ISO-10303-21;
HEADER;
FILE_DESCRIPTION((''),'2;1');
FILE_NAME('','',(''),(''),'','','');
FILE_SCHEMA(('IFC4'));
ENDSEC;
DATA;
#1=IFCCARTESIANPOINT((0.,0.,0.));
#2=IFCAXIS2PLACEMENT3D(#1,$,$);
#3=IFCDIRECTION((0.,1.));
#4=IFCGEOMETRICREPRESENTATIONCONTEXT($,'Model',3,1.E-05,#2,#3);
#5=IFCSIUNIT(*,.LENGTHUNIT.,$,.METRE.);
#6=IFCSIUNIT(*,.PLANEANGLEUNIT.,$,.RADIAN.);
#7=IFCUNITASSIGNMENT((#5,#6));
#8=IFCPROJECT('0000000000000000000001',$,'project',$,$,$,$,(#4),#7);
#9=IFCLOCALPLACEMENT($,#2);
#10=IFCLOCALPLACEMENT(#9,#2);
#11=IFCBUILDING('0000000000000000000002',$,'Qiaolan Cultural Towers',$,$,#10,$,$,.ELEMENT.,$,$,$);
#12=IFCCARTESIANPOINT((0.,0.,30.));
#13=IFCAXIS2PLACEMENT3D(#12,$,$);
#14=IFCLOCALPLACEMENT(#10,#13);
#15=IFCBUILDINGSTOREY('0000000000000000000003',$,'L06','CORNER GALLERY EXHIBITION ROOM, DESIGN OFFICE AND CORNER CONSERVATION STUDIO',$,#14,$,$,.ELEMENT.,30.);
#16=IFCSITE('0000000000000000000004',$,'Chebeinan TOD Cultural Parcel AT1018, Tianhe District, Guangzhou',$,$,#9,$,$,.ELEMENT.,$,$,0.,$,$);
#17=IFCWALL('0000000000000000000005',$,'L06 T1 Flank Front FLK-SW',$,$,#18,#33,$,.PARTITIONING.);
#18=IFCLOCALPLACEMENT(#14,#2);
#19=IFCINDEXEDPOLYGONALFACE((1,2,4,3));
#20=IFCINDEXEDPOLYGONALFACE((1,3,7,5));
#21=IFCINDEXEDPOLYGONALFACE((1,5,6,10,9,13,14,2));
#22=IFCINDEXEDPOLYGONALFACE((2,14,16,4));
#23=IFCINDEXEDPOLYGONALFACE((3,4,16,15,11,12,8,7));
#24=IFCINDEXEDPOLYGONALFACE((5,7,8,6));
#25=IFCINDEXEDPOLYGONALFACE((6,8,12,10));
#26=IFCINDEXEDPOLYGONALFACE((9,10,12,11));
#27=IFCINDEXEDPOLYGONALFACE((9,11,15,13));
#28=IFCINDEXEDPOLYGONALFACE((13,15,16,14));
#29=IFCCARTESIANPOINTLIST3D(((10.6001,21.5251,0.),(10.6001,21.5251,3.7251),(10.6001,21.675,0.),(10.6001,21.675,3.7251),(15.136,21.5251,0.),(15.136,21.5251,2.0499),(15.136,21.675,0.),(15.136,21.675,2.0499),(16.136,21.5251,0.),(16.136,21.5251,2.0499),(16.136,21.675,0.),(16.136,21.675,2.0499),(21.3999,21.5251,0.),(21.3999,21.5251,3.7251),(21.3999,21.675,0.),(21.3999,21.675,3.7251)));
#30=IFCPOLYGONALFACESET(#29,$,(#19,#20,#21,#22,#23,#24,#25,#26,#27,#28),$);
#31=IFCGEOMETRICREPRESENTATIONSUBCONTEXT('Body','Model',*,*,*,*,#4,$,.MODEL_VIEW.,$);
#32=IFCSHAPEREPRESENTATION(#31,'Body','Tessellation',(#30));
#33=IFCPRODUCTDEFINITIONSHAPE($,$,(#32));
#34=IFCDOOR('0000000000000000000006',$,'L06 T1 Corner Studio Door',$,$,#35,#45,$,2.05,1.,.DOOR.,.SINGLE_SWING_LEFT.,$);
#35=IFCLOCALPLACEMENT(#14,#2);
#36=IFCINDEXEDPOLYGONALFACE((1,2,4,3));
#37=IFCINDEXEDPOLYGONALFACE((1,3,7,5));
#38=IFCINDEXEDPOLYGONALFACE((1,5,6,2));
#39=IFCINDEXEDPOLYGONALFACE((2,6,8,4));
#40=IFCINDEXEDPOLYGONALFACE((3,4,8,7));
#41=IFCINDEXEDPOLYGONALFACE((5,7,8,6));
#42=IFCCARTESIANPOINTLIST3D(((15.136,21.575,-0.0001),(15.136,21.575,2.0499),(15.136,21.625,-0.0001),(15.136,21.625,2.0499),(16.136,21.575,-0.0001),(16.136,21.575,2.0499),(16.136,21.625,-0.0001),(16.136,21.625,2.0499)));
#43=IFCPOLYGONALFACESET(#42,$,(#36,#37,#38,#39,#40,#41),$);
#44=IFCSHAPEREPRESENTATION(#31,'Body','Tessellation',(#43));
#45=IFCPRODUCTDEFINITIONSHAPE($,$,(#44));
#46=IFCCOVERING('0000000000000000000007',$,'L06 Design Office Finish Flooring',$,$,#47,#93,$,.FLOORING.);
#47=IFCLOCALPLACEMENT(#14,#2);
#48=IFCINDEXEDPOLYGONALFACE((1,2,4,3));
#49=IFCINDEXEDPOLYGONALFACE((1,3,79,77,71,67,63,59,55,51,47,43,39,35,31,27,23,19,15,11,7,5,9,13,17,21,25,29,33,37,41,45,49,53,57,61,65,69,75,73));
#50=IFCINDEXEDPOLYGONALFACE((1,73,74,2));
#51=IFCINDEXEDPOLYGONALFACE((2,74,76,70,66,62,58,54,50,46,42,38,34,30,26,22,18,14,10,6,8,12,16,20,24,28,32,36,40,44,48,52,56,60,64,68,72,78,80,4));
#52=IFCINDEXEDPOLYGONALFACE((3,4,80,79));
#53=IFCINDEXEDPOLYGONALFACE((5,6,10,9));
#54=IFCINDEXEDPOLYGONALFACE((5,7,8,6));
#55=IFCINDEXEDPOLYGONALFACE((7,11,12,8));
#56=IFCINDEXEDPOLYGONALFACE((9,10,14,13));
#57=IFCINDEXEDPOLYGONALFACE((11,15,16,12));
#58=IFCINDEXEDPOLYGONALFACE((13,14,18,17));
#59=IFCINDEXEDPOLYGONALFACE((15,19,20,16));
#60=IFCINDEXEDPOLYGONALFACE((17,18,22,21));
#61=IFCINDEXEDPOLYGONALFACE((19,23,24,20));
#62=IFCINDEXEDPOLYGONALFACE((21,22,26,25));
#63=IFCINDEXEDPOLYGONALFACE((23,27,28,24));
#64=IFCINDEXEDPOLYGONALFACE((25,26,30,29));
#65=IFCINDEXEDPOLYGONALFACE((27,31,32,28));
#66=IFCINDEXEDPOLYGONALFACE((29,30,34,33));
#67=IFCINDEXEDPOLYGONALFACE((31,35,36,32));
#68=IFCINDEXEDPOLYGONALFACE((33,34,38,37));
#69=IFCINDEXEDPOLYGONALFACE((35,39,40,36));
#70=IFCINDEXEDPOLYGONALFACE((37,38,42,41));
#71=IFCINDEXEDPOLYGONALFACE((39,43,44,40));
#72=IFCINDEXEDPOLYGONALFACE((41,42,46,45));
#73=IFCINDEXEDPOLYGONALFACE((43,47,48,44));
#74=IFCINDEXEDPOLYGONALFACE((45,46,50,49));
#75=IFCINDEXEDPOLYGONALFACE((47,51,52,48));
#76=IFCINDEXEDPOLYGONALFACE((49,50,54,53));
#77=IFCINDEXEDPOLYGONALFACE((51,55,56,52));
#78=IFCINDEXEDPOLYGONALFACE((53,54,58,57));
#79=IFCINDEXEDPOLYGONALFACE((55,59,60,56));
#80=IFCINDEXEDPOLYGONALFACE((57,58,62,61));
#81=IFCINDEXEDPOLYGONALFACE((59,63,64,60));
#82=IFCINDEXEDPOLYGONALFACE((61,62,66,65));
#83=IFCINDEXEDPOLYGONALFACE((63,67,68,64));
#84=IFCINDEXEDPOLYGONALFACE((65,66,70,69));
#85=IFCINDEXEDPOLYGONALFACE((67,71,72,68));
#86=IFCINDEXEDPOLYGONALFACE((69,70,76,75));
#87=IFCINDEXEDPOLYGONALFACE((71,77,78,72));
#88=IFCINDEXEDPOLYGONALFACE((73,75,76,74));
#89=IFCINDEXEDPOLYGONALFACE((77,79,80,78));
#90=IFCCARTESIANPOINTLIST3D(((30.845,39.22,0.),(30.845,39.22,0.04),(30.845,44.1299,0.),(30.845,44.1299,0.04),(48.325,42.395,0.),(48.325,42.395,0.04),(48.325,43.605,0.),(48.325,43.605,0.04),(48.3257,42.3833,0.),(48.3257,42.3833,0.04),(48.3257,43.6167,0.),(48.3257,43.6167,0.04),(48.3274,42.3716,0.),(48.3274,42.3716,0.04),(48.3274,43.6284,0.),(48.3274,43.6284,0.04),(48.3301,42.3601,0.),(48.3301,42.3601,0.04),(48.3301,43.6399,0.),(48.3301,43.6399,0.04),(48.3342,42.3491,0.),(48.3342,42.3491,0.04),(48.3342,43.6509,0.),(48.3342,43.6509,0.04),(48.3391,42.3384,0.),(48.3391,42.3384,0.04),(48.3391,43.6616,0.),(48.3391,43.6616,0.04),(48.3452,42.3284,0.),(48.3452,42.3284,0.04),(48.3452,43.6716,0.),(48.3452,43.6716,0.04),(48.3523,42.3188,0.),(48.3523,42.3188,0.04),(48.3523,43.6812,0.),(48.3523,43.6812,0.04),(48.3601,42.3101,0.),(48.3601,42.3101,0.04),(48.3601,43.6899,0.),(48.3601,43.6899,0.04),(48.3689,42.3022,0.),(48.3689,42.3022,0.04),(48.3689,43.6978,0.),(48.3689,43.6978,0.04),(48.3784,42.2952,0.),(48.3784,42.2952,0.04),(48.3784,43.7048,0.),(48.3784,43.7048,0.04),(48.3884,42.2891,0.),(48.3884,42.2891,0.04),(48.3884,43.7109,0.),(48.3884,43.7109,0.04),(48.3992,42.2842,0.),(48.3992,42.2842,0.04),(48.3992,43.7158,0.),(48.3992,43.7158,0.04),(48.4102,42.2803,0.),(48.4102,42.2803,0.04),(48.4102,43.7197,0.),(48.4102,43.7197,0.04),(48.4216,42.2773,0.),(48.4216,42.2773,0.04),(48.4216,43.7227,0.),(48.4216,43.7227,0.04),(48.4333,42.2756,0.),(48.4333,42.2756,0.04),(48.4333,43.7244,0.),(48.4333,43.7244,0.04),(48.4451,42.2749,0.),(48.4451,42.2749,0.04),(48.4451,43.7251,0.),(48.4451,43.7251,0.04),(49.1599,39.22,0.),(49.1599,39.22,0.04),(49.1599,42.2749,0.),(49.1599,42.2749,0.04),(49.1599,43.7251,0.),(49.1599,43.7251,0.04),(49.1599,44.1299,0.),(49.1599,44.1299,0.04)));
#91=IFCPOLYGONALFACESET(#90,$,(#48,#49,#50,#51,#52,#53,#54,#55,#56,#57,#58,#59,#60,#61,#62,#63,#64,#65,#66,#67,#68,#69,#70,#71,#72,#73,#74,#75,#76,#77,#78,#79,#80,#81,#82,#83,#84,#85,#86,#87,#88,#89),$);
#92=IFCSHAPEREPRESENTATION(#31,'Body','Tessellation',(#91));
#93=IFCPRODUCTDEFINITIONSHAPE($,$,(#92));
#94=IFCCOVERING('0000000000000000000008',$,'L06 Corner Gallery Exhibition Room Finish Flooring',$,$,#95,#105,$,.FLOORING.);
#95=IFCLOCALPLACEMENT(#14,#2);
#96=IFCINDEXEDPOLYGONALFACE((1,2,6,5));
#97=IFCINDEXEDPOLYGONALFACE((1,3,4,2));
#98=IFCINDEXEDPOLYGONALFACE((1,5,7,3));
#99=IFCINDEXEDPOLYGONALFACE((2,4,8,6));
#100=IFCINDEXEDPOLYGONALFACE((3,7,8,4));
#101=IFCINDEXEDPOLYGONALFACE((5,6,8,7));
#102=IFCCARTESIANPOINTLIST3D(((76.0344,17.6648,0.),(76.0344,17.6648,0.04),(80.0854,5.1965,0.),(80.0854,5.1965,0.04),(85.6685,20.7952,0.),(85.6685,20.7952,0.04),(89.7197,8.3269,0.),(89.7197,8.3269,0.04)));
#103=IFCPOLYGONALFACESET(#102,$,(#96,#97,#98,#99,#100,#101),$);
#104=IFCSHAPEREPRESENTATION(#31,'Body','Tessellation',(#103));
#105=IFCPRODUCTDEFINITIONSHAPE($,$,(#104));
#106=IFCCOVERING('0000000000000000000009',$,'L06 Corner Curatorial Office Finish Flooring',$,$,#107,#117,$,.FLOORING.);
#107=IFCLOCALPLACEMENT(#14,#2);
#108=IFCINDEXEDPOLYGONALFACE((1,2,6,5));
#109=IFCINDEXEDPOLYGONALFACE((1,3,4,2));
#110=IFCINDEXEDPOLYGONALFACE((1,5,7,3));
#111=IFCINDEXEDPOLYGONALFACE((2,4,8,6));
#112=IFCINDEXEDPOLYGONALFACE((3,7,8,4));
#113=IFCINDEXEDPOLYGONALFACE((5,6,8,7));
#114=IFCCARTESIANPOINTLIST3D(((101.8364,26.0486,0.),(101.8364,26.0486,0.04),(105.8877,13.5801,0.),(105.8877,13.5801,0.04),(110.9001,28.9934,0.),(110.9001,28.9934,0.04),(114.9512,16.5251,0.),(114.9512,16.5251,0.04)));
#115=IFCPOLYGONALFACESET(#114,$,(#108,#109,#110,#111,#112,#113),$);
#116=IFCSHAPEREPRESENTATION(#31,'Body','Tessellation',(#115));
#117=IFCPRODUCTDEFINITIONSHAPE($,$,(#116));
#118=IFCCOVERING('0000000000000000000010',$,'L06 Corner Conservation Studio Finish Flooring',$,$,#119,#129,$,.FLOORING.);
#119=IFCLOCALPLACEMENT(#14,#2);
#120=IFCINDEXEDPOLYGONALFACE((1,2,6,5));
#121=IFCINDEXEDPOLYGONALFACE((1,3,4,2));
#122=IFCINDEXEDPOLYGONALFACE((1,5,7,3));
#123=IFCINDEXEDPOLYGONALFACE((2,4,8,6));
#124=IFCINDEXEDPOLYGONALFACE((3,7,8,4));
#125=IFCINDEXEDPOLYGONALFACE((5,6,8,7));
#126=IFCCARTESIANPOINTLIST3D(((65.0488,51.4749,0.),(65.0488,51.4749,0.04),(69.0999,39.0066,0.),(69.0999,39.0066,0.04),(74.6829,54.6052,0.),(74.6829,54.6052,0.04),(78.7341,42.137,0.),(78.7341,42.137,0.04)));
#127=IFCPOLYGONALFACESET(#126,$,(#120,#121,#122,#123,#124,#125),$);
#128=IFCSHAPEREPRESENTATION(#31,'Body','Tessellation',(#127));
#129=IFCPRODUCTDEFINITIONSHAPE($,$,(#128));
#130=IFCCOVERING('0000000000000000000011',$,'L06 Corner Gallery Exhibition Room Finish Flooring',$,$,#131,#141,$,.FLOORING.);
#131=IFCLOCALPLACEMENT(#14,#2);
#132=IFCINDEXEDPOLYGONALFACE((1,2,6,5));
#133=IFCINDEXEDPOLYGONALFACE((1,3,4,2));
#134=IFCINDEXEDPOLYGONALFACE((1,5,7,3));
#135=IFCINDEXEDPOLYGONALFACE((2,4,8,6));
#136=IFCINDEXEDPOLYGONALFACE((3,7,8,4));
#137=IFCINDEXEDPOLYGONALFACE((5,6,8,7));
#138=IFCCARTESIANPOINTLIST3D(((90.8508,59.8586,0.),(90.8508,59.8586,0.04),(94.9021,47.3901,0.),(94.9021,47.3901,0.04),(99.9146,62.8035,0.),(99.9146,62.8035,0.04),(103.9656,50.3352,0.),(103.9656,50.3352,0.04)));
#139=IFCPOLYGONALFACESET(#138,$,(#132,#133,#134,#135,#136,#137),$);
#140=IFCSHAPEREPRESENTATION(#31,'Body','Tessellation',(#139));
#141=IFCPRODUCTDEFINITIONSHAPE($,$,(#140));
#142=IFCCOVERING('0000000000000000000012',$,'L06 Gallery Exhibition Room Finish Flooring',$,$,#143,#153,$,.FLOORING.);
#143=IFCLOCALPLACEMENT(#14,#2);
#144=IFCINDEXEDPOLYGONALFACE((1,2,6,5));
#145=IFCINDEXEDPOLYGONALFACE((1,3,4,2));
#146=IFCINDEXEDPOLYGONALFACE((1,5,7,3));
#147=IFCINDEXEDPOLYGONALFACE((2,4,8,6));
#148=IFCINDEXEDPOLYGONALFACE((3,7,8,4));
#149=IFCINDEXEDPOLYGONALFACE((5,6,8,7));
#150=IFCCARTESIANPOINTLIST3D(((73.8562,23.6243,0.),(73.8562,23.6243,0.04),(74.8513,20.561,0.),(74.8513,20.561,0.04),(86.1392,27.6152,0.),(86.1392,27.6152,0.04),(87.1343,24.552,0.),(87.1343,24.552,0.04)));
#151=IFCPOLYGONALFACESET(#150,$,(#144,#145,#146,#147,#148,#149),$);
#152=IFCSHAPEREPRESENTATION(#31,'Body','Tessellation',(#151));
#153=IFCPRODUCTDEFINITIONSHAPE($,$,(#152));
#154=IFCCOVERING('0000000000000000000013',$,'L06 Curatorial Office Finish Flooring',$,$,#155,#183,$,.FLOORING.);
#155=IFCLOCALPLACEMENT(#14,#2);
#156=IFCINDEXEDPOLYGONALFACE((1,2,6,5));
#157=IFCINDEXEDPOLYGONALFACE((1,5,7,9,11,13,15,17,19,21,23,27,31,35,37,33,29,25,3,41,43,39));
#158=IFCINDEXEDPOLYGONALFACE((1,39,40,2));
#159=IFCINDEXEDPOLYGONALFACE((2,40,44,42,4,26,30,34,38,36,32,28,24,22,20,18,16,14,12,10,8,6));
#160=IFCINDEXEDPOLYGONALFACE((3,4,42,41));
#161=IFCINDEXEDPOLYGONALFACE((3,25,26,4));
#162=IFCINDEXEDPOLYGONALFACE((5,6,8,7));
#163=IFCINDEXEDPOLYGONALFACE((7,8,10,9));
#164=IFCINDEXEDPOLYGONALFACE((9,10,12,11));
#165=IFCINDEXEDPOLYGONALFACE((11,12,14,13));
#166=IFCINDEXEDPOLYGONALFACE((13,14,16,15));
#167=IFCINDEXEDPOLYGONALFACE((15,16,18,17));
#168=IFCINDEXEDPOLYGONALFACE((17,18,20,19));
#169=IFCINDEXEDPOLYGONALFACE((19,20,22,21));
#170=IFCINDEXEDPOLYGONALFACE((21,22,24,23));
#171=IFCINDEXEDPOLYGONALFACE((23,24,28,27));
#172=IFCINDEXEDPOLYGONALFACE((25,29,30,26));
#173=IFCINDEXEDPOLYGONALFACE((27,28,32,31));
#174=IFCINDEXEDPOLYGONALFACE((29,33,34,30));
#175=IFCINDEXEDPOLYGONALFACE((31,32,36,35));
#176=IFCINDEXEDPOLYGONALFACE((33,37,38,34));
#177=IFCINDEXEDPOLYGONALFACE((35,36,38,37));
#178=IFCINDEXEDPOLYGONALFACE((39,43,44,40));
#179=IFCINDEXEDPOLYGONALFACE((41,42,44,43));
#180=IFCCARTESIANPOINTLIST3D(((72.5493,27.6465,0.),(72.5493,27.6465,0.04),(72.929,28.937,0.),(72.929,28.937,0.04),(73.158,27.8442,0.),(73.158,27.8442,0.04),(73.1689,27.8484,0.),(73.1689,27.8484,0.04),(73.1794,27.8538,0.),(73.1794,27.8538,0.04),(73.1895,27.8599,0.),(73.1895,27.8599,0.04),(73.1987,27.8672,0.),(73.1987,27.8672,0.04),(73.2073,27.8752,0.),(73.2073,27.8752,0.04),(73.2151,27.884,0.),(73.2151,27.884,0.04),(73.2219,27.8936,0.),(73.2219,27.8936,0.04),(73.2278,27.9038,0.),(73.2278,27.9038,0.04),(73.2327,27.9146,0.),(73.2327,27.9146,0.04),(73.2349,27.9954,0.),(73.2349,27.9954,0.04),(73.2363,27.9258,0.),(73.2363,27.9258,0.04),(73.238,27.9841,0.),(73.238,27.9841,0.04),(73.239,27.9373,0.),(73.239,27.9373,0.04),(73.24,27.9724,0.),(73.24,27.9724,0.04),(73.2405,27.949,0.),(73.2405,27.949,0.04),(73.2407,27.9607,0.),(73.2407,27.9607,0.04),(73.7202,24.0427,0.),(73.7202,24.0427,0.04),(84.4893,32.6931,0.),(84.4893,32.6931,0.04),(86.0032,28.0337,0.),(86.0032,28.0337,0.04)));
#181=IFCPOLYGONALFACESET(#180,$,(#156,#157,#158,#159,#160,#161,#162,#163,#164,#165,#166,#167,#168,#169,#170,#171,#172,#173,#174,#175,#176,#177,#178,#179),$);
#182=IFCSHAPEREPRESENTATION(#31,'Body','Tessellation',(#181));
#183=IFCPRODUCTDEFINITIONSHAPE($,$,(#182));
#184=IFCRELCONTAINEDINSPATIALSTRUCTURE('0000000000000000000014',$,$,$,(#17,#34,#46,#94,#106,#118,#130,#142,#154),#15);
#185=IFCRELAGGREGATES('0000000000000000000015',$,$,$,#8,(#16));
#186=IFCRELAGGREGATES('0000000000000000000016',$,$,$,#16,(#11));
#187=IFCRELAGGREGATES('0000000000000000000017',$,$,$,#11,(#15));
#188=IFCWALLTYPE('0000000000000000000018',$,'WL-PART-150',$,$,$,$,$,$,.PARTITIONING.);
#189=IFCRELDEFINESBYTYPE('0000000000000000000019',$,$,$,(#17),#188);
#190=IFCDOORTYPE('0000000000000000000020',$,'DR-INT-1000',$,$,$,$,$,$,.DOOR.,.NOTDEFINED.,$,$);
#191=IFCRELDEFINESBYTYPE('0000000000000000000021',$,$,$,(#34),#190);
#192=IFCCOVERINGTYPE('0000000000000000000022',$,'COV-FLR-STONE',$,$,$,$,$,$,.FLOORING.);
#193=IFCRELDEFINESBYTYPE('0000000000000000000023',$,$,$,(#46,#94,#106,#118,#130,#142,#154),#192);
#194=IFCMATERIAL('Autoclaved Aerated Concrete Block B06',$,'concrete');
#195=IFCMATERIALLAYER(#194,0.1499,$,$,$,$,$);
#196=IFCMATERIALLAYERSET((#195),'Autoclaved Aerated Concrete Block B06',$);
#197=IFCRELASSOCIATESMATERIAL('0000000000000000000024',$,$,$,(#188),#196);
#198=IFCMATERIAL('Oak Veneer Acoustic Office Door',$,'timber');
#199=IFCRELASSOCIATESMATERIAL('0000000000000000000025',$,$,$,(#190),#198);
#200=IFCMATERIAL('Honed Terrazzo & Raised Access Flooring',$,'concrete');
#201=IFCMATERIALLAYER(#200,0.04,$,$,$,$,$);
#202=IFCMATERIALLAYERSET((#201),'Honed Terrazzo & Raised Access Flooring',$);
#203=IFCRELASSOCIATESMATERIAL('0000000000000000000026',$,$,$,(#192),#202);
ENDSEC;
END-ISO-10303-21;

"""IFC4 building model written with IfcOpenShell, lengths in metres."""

from ifc_helpers import new_model, si_unit, direction, frame, frame_2d, origin, place, context, subcontext, project, spatial, polyline, rectangle, outline, extrude, material, layer, layer_set, type_object, element, fill, save


model = new_model("IFC4")

# Units and contexts
model_context = context("Model", 3, precision=1e-05, world=origin(), true_north=direction((0.0, 1.0)))
body_context = subcontext(model_context, "Body", "Model", "MODEL_VIEW")
ifc_project = project(units=[si_unit("LENGTHUNIT", "METRE"), si_unit("PLANEANGLEUNIT", "RADIAN")], contexts=[model_context])

# Site, building, storey
site_placement = place(None, origin())
site = spatial("IfcSite", under=ifc_project, at=site_placement, Name="Chebeinan TOD Cultural Parcel AT1018, Tianhe District, Guangzhou", CompositionType="ELEMENT", RefElevation=0.0)
building_placement = place(site_placement, origin())
building = spatial("IfcBuilding", under=site, at=building_placement, Name="Qiaolan Cultural Towers", CompositionType="ELEMENT")
storey_placement = place(building_placement, frame((0.0, 0.0, 30.0)))
storey = spatial("IfcBuildingStorey", under=building, at=storey_placement, Name="L06", Description="CORNER GALLERY EXHIBITION ROOM, DESIGN OFFICE AND CORNER CONSERVATION STUDIO", CompositionType="ELEMENT", Elevation=30.0)

# Shared definitions
ifc_material_1 = material(Name="Autoclaved Aerated Concrete Block B06", Category="concrete")
ifc_layer_1 = layer(ifc_material_1, 0.1499)
ifc_layer_set_1 = layer_set([ifc_layer_1], Name="Autoclaved Aerated Concrete Block B06")
wall_type_1 = type_object("IfcWallType", Name="WL-PART-150", PredefinedType="PARTITIONING", material=ifc_layer_set_1)

# Wall, opening, door
wall_1_placement = place(storey_placement, frame((10.6001, 21.6001, 0.0), z_axis=(0.0, 0.0, 1.0), x_axis=(1.0, 0.0, 0.0)))
wall_1 = element("IfcWall", 1, at=wall_1_placement, inside=storey, type_object=wall_type_1, Name="L06 T1 Flank Front FLK-SW", PredefinedType="PARTITIONING", context=body_context, shape_type="SweptSolid", body=[
    extrude(rectangle(XDim=10.7998, YDim=0.1499, at=frame_2d((5.3999, 0.0))), origin(), (0.0, 0.0, 1.0), 3.7251),
])
opening_1_placement = place(wall_1_placement, frame((4.5359, 0.0, 0.0)))
opening_1 = element("IfcOpeningElement", 2, at=opening_1_placement, cuts=wall_1, PredefinedType="OPENING", context=body_context, shape_type="SweptSolid", body=[
    extrude(rectangle(XDim=1.0, YDim=2.05, at=frame_2d((0.5, 1.0249))), frame((0.0, 0.085, 0.0), z_axis=(0.0, -1.0, 0.0), x_axis=(1.0, 0.0, 0.0)), (0.0, 0.0, 1.0), 0.1699),
])
ifc_material_2 = material(Name="Oak Veneer Acoustic Office Door", Category="timber")
door_type = type_object("IfcDoorType", Name="DR-INT-1000", OperationType="NOTDEFINED", PredefinedType="DOOR", material=ifc_material_2)
door_placement = place(opening_1_placement, origin())
door = element("IfcDoor", 3, at=door_placement, inside=storey, type_object=door_type, Name="L06 T1 Corner Studio Door", OperationType="SINGLE_SWING_LEFT", OverallHeight=2.05, OverallWidth=1.0, PredefinedType="DOOR", context=body_context, shape_type="SweptSolid", body=[
    extrude(rectangle(XDim=1.0, YDim=2.05, at=frame_2d((0.5, 1.0249))), frame((0.0, 0.0249, 0.0), z_axis=(0.0, -1.0, 0.0), x_axis=(1.0, 0.0, 0.0)), (0.0, 0.0, 1.0), 0.05),
])
fill(opening_1, door)

# Coverings
ifc_material_3 = material(Name="Honed Terrazzo & Raised Access Flooring", Category="concrete")
ifc_layer_2 = layer(ifc_material_3, 0.04)
ifc_layer_set_2 = layer_set([ifc_layer_2], Name="Honed Terrazzo & Raised Access Flooring")
covering_type = type_object("IfcCoveringType", Name="COV-FLR-STONE", PredefinedType="FLOORING", material=ifc_layer_set_2)
covering_1_placement = place(storey_placement, origin())
element("IfcCovering", 4, at=covering_1_placement, inside=storey, type_object=covering_type, Name="L06 Design Office Finish Flooring", PredefinedType="FLOORING", context=body_context, shape_type="SweptSolid", body=[
    extrude(outline(polyline([(49.1599, 42.2749), (48.4451, 42.2749), (48.4333, 42.2756), (48.4216, 42.2773), (48.4102, 42.2803), (48.3992, 42.2842), (48.3884, 42.2891), (48.3784, 42.2952), (48.3689, 42.3022), (48.3601, 42.3101), (48.3523, 42.3188), (48.3452, 42.3284), (48.3391, 42.3384), (48.3342, 42.3491), (48.3301, 42.3601), (48.3274, 42.3716), (48.3257, 42.3833), (48.325, 42.395), (48.325, 43.605), (48.3257, 43.6167), (48.3274, 43.6284), (48.3301, 43.6399), (48.3342, 43.6509), (48.3391, 43.6616), (48.3452, 43.6716), (48.3523, 43.6812), (48.3601, 43.6899), (48.3689, 43.6978), (48.3784, 43.7048), (48.3884, 43.7109), (48.3992, 43.7158), (48.4102, 43.7197), (48.4216, 43.7227), (48.4333, 43.7244), (48.4451, 43.7251), (49.1599, 43.7251), (49.1599, 44.1299), (30.845, 44.1299), (30.845, 39.22), (49.1599, 39.22), (49.1599, 42.2749)])), origin(), (0.0, 0.0, 1.0), 0.04),
])
covering_2_placement = place(storey_placement, origin())
element("IfcCovering", 5, at=covering_2_placement, inside=storey, type_object=covering_type, Name="L06 Corner Gallery Exhibition Room Finish Flooring", PredefinedType="FLOORING", context=body_context, shape_type="SweptSolid", body=[
    extrude(outline(polyline([(89.7197, 8.3269), (85.6685, 20.7952), (76.0344, 17.6648), (80.0854, 5.1965), (89.7197, 8.3269)])), origin(), (0.0, 0.0, 1.0), 0.04),
])
covering_3_placement = place(storey_placement, origin())
element("IfcCovering", 6, at=covering_3_placement, inside=storey, type_object=covering_type, Name="L06 Corner Curatorial Office Finish Flooring", PredefinedType="FLOORING", context=body_context, shape_type="SweptSolid", body=[
    extrude(outline(polyline([(114.9512, 16.5251), (110.9001, 28.9934), (101.8364, 26.0486), (105.8877, 13.5801), (114.9512, 16.5251)])), origin(), (0.0, 0.0, 1.0), 0.04),
])
covering_4_placement = place(storey_placement, origin())
element("IfcCovering", 7, at=covering_4_placement, inside=storey, type_object=covering_type, Name="L06 Corner Conservation Studio Finish Flooring", PredefinedType="FLOORING", context=body_context, shape_type="SweptSolid", body=[
    extrude(outline(polyline([(78.7341, 42.137), (74.6829, 54.6052), (65.0488, 51.4749), (69.0999, 39.0066), (78.7341, 42.137)])), origin(), (0.0, 0.0, 1.0), 0.04),
])
covering_5_placement = place(storey_placement, origin())
element("IfcCovering", 8, at=covering_5_placement, inside=storey, type_object=covering_type, Name="L06 Corner Gallery Exhibition Room Finish Flooring", PredefinedType="FLOORING", context=body_context, shape_type="SweptSolid", body=[
    extrude(outline(polyline([(103.9656, 50.3352), (99.9146, 62.8035), (90.8508, 59.8586), (94.9021, 47.3901), (103.9656, 50.3352)])), origin(), (0.0, 0.0, 1.0), 0.04),
])
covering_6_placement = place(storey_placement, origin())
element("IfcCovering", 9, at=covering_6_placement, inside=storey, type_object=covering_type, Name="L06 Gallery Exhibition Room Finish Flooring", PredefinedType="FLOORING", context=body_context, shape_type="SweptSolid", body=[
    extrude(outline(polyline([(87.1343, 24.552), (86.1392, 27.6152), (73.8562, 23.6243), (74.8513, 20.561), (87.1343, 24.552)])), origin(), (0.0, 0.0, 1.0), 0.04),
])
covering_7_placement = place(storey_placement, origin())
element("IfcCovering", 10, at=covering_7_placement, inside=storey, type_object=covering_type, Name="L06 Curatorial Office Finish Flooring", PredefinedType="FLOORING", context=body_context, shape_type="SweptSolid", body=[
    extrude(outline(polyline([(73.2349, 27.9954), (73.238, 27.9841), (73.24, 27.9724), (73.2407, 27.9607), (73.2405, 27.949), (73.239, 27.9373), (73.2363, 27.9258), (73.2327, 27.9146), (73.2278, 27.9038), (73.2219, 27.8936), (73.2151, 27.884), (73.2073, 27.8752), (73.1987, 27.8672), (73.1895, 27.8599), (73.1794, 27.8538), (73.1689, 27.8484), (73.158, 27.8442), (72.5493, 27.6465), (73.7202, 24.0427), (86.0032, 28.0337), (84.4893, 32.6931), (72.929, 28.937), (73.2349, 27.9954)])), origin(), (0.0, 0.0, 1.0), 0.04),
])

save(model, "model.ifc")
